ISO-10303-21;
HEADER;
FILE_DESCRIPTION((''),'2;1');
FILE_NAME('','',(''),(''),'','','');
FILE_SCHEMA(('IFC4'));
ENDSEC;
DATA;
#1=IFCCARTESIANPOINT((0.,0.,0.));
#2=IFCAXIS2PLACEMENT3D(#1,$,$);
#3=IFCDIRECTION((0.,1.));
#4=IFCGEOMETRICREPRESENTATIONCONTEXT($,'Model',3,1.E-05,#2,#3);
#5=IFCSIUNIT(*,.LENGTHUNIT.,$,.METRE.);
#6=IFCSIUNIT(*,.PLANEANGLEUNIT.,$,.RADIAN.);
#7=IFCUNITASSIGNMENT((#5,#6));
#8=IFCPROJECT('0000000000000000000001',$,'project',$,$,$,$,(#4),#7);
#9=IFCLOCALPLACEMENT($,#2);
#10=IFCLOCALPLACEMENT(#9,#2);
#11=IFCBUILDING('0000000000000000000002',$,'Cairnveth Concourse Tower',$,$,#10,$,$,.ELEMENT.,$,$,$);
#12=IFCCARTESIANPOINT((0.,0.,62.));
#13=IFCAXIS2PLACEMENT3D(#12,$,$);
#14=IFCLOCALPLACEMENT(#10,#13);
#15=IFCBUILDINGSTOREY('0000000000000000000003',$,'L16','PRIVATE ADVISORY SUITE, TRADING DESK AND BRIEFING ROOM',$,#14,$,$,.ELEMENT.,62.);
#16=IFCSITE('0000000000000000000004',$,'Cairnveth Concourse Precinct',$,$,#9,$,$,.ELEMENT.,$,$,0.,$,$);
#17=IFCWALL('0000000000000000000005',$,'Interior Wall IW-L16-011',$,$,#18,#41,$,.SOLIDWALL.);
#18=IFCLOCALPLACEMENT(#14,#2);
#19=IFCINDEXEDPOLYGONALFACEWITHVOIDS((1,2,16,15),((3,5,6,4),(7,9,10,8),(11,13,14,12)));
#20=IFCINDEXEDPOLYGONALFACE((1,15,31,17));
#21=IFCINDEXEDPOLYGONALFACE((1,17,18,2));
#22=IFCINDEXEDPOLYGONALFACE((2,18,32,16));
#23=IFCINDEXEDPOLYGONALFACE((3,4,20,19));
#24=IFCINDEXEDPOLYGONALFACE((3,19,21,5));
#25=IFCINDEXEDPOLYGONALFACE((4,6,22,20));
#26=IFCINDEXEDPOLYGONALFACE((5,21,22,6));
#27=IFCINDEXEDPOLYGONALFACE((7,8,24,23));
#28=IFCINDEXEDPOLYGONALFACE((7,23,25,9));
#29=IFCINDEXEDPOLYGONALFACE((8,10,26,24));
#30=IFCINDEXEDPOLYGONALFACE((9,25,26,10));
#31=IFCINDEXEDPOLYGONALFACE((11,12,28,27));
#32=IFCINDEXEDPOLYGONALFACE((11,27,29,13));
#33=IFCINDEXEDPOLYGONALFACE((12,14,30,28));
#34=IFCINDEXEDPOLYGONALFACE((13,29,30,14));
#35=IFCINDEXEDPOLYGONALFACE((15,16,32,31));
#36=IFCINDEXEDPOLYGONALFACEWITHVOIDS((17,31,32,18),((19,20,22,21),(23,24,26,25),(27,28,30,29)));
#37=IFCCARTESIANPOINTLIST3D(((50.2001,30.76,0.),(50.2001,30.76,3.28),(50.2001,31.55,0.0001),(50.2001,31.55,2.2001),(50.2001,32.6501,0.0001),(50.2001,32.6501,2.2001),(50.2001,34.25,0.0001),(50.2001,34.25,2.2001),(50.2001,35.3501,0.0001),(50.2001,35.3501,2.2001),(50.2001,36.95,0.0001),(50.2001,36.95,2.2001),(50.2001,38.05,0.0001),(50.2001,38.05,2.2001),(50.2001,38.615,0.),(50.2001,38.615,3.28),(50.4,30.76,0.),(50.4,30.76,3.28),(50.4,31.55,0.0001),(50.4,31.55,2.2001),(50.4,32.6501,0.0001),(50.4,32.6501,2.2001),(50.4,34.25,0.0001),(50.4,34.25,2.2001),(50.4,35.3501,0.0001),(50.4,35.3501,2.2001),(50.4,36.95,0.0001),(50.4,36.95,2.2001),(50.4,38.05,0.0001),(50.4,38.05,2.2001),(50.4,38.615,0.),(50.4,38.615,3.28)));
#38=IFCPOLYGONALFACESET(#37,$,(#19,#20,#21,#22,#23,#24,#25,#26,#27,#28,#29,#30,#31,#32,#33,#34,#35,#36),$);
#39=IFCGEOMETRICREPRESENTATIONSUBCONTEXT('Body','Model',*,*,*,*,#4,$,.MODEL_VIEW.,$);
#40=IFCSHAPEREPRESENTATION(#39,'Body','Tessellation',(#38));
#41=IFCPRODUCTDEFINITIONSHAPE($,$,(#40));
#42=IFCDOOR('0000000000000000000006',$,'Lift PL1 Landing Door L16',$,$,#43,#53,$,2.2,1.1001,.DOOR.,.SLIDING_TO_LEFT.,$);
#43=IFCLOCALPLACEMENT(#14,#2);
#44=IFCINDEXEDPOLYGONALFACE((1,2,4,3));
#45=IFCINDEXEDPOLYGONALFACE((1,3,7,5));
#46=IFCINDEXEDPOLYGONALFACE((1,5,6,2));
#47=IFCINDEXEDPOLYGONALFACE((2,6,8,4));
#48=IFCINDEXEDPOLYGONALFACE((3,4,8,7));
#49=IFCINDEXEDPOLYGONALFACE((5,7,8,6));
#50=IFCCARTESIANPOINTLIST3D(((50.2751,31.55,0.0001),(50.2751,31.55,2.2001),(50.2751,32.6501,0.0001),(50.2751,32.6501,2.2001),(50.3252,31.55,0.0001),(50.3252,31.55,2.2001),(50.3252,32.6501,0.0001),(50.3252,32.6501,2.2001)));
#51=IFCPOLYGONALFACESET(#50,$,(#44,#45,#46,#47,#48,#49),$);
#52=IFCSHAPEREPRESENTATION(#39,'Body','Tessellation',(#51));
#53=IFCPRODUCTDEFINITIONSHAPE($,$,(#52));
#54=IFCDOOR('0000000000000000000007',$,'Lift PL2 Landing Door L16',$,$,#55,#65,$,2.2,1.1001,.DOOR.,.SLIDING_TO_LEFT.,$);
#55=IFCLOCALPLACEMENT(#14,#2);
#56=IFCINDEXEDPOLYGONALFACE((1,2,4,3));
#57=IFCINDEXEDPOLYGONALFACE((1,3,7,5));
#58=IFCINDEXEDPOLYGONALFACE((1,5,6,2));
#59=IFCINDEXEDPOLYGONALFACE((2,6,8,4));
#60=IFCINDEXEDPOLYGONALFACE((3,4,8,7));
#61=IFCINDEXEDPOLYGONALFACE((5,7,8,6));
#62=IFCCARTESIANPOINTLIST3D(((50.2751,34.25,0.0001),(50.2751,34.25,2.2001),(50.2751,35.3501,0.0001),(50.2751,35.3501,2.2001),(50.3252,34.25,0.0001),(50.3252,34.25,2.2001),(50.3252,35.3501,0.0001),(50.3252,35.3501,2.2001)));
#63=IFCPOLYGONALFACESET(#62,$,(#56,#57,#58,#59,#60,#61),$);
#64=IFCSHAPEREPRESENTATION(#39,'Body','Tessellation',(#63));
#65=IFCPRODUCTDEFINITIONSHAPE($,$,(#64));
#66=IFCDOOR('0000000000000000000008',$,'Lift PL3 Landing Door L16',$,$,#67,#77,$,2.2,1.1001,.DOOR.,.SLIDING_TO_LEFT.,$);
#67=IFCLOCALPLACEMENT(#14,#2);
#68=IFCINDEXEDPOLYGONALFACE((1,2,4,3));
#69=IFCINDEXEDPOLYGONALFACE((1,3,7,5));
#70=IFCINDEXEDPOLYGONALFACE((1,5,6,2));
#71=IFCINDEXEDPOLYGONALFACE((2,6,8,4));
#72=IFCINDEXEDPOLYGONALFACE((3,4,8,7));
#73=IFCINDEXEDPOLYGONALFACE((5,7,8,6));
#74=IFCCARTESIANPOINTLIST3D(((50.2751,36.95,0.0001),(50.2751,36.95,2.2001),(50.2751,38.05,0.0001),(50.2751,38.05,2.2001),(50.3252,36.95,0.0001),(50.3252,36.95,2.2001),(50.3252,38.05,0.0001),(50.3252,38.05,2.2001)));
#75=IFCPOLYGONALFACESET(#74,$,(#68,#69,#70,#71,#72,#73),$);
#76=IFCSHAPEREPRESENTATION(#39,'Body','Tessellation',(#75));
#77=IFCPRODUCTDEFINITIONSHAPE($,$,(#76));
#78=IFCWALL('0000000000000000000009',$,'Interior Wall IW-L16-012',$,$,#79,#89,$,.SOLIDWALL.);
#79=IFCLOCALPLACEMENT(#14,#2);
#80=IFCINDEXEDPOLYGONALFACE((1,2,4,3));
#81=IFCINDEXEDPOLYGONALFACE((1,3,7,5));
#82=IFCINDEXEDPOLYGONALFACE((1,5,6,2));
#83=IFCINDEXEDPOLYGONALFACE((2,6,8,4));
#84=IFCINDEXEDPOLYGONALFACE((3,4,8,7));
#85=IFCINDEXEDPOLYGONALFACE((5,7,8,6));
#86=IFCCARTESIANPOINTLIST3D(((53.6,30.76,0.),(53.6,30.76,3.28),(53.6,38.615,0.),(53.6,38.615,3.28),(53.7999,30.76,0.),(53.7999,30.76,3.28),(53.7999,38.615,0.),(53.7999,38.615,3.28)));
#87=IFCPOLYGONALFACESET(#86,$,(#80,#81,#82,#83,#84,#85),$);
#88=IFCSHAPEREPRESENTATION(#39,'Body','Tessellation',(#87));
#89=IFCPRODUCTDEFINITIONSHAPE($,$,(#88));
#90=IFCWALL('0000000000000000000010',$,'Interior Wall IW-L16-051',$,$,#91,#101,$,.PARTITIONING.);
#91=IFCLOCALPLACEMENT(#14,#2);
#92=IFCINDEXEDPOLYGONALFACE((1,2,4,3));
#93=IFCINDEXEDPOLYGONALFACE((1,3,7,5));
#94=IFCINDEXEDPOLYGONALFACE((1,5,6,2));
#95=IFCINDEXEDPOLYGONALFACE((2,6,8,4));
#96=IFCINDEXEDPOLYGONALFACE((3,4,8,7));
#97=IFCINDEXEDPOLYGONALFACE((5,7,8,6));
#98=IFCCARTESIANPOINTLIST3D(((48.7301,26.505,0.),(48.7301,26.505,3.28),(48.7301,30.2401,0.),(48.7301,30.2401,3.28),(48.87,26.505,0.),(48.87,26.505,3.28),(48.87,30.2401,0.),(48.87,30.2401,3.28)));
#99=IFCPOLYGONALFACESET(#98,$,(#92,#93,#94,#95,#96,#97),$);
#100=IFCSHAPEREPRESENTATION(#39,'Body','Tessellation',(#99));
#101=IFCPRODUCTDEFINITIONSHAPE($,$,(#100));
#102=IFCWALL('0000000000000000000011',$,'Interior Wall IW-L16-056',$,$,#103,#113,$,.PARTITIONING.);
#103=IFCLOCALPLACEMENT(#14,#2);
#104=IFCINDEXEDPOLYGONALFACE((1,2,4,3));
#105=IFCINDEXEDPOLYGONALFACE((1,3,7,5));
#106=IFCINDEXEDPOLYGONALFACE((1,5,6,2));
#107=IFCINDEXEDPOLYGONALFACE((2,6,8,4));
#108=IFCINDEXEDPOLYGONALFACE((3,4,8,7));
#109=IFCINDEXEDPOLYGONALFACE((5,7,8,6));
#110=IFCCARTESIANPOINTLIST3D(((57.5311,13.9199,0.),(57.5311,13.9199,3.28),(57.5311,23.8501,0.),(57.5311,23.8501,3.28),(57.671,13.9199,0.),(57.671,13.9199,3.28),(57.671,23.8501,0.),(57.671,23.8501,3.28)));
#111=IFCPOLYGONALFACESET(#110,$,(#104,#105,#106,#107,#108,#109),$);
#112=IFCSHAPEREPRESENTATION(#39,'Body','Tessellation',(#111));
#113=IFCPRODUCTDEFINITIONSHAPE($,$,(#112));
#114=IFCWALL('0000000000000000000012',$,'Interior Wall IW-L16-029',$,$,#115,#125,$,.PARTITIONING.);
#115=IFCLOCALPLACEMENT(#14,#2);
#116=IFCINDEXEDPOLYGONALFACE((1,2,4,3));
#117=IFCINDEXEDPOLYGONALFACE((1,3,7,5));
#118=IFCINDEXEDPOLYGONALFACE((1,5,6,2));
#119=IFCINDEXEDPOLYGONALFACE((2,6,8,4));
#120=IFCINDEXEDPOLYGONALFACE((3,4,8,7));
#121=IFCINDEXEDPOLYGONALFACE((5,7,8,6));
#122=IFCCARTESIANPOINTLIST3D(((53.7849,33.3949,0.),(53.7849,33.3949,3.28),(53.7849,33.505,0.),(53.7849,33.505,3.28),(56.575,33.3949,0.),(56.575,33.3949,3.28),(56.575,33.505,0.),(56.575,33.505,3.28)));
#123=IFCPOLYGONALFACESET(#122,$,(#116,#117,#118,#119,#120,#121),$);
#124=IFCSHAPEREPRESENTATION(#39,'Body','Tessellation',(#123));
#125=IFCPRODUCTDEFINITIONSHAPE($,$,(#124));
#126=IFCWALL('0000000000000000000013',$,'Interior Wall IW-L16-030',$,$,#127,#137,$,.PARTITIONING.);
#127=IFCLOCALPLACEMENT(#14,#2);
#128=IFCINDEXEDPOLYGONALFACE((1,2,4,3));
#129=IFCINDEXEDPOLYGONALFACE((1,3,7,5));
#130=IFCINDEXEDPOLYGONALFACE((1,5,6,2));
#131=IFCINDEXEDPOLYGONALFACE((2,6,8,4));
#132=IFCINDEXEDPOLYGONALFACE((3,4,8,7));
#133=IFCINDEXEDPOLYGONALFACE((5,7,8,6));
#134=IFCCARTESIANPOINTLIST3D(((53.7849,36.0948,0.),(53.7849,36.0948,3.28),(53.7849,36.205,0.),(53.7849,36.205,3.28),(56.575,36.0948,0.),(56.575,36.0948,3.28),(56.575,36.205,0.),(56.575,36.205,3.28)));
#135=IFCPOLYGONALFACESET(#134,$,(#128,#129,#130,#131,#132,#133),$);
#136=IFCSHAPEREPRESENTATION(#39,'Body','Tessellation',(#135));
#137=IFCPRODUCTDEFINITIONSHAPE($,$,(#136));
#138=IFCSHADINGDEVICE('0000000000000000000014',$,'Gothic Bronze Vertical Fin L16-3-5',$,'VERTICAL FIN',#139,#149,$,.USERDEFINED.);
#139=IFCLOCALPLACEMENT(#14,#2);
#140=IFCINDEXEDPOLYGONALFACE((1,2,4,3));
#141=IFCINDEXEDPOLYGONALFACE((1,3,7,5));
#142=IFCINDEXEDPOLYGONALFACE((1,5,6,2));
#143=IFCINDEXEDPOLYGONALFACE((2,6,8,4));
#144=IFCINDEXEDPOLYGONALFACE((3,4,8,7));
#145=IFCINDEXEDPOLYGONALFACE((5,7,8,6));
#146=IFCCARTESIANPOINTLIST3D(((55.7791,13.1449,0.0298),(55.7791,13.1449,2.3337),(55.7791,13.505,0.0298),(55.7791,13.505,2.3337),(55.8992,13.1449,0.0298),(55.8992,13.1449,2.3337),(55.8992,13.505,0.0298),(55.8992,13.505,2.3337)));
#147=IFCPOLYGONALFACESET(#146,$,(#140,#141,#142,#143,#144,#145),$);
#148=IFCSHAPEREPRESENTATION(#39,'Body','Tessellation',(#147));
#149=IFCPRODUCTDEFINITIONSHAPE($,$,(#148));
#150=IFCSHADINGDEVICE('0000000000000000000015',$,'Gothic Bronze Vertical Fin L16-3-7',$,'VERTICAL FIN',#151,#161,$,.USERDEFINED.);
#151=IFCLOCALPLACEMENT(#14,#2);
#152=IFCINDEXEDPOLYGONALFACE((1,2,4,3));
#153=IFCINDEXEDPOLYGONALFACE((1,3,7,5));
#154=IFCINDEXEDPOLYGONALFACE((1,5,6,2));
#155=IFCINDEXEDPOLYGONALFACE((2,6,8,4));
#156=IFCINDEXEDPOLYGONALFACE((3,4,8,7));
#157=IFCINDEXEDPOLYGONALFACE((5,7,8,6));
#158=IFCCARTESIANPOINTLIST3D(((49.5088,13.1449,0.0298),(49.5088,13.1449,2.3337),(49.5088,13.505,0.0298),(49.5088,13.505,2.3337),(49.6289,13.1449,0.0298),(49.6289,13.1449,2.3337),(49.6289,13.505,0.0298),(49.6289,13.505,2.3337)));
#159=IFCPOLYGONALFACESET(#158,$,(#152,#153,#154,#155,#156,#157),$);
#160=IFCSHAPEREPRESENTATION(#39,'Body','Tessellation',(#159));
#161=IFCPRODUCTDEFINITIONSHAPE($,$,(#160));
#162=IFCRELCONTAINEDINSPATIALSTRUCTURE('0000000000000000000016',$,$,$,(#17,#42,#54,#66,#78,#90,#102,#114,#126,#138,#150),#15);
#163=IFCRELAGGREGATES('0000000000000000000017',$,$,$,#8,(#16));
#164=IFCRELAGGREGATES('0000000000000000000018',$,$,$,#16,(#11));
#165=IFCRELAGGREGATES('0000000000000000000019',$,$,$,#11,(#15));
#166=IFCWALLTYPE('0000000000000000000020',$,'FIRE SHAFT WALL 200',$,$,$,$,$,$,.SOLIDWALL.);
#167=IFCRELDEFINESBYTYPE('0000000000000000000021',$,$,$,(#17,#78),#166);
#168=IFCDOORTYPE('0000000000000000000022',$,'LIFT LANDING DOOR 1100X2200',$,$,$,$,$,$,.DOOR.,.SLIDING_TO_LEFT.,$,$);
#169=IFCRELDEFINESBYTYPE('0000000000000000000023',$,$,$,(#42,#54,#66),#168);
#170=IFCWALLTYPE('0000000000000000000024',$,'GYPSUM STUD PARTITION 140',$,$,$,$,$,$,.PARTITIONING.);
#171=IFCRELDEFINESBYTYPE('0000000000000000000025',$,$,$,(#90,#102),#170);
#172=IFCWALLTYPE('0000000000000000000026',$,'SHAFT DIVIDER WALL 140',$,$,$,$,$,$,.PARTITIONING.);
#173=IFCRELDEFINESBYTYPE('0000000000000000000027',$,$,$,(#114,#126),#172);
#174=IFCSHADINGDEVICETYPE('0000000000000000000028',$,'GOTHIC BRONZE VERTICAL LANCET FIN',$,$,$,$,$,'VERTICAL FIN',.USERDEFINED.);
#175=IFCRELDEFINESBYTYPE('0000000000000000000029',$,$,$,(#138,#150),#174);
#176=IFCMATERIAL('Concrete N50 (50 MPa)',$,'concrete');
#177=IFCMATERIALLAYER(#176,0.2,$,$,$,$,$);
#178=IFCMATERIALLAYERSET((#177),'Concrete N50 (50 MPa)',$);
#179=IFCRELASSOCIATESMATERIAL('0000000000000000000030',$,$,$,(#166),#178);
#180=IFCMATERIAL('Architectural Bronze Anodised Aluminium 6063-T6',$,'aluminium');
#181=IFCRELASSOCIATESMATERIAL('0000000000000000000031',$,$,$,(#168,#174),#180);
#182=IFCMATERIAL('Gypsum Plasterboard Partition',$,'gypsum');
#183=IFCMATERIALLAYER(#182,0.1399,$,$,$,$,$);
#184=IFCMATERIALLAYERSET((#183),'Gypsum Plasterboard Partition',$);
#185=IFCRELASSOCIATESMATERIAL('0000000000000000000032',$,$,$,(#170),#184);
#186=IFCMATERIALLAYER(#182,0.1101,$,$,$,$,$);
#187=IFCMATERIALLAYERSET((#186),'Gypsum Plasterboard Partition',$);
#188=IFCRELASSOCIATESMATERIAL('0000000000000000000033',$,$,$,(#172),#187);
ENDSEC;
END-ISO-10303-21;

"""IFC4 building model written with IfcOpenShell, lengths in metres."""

from ifc_helpers import new_model, si_unit, direction, frame, frame_2d, origin, origin_2d, place, context, subcontext, project, spatial, rectangle, extrude, material, layer, layer_set, type_object, element, fill, save


model = new_model("IFC4")

# Units and contexts
model_context = context("Model", 3, precision=1e-05, world=origin(), true_north=direction((0.0, 1.0)))
body_context = subcontext(model_context, "Body", "Model", "MODEL_VIEW")
ifc_project = project(units=[si_unit("LENGTHUNIT", "METRE"), si_unit("PLANEANGLEUNIT", "RADIAN")], contexts=[model_context])

# Site, building, storey
site_placement = place(None, origin())
site = spatial("IfcSite", under=ifc_project, at=site_placement, Name="Cairnveth Concourse Precinct", CompositionType="ELEMENT", RefElevation=0.0)
building_placement = place(site_placement, origin())
building = spatial("IfcBuilding", under=site, at=building_placement, Name="Cairnveth Concourse Tower", CompositionType="ELEMENT")
storey_placement = place(building_placement, frame((0.0, 0.0, 62.0)))
storey = spatial("IfcBuildingStorey", under=building, at=storey_placement, Name="L16", Description="PRIVATE ADVISORY SUITE, TRADING DESK AND BRIEFING ROOM", CompositionType="ELEMENT", Elevation=62.0)

# Shared definitions
ifc_material_1 = material(Name="Concrete N50 (50 MPa)", Category="concrete")

# Wall, openings, doors
ifc_layer_1 = layer(ifc_material_1, 0.2)
ifc_layer_set_1 = layer_set([ifc_layer_1], Name="Concrete N50 (50 MPa)")
wall_type_1 = type_object("IfcWallType", Name="FIRE SHAFT WALL 200", PredefinedType="SOLIDWALL", material=ifc_layer_set_1)
wall_1_placement = place(storey_placement, frame((50.3, 30.76, 0.0), z_axis=(0.0, 0.0, 1.0), x_axis=(0.0, 1.0, 0.0)))
wall_1 = element("IfcWall", 1, at=wall_1_placement, inside=storey, type_object=wall_type_1, Name="Interior Wall IW-L16-011", PredefinedType="SOLIDWALL", context=body_context, shape_type="SweptSolid", body=[
    extrude(rectangle(XDim=7.855, YDim=0.2, at=frame_2d((3.9275, 0.0))), origin(), (0.0, 0.0, 1.0), 3.28),
])
opening_1_placement = place(wall_1_placement, frame((0.79, 0.0, 0.0)))
opening_1 = element("IfcOpeningElement", 2, at=opening_1_placement, cuts=wall_1, PredefinedType="OPENING", context=body_context, shape_type="SweptSolid", body=[
    extrude(rectangle(XDim=1.1001, YDim=2.2, at=frame_2d((0.55, 1.1001))), frame((0.0, 0.1099, 0.0), z_axis=(0.0, -1.0, 0.0), x_axis=(1.0, 0.0, 0.0)), (0.0, 0.0, 1.0), 0.22),
])
opening_2_placement = place(wall_1_placement, frame((3.49, 0.0, 0.0)))
opening_2 = element("IfcOpeningElement", 3, at=opening_2_placement, cuts=wall_1, PredefinedType="OPENING", context=body_context, shape_type="SweptSolid", body=[
    extrude(rectangle(XDim=1.1001, YDim=2.2, at=frame_2d((0.55, 1.1001))), frame((0.0, 0.1099, 0.0), z_axis=(0.0, -1.0, 0.0), x_axis=(1.0, 0.0, 0.0)), (0.0, 0.0, 1.0), 0.22),
])
opening_3_placement = place(wall_1_placement, frame((6.1899, 0.0, 0.0)))
opening_3 = element("IfcOpeningElement", 4, at=opening_3_placement, cuts=wall_1, PredefinedType="OPENING", context=body_context, shape_type="SweptSolid", body=[
    extrude(rectangle(XDim=1.1001, YDim=2.2, at=frame_2d((0.55, 1.1001))), frame((0.0, 0.1099, 0.0), z_axis=(0.0, -1.0, 0.0), x_axis=(1.0, 0.0, 0.0)), (0.0, 0.0, 1.0), 0.22),
])
ifc_material_2 = material(Name="Architectural Bronze Anodised Aluminium 6063-T6", Category="aluminium")
door_type = type_object("IfcDoorType", Name="LIFT LANDING DOOR 1100X2200", OperationType="SLIDING_TO_LEFT", PredefinedType="DOOR", material=ifc_material_2)
door_1_placement = place(opening_1_placement, origin())
door_1 = element("IfcDoor", 5, at=door_1_placement, inside=storey, type_object=door_type, Name="Lift PL1 Landing Door L16", OperationType="SLIDING_TO_LEFT", OverallHeight=2.2, OverallWidth=1.1001, PredefinedType="DOOR", context=body_context, shape_type="SweptSolid", body=[
    extrude(rectangle(XDim=1.1001, YDim=2.2, at=frame_2d((0.55, 1.1001))), frame((0.0, 0.0249, 0.0), z_axis=(0.0, -1.0, 0.0), x_axis=(1.0, 0.0, 0.0)), (0.0, 0.0, 1.0), 0.05),
])
fill(opening_1, door_1)
door_2_placement = place(opening_2_placement, origin())
door_2 = element("IfcDoor", 6, at=door_2_placement, inside=storey, type_object=door_type, Name="Lift PL2 Landing Door L16", OperationType="SLIDING_TO_LEFT", OverallHeight=2.2, OverallWidth=1.1001, PredefinedType="DOOR", context=body_context, shape_type="SweptSolid", body=[
    extrude(rectangle(XDim=1.1001, YDim=2.2, at=frame_2d((0.55, 1.1001))), frame((0.0, 0.0249, 0.0), z_axis=(0.0, -1.0, 0.0), x_axis=(1.0, 0.0, 0.0)), (0.0, 0.0, 1.0), 0.05),
])
fill(opening_2, door_2)
door_3_placement = place(opening_3_placement, origin())
door_3 = element("IfcDoor", 7, at=door_3_placement, inside=storey, type_object=door_type, Name="Lift PL3 Landing Door L16", OperationType="SLIDING_TO_LEFT", OverallHeight=2.2, OverallWidth=1.1001, PredefinedType="DOOR", context=body_context, shape_type="SweptSolid", body=[
    extrude(rectangle(XDim=1.1001, YDim=2.2, at=frame_2d((0.55, 1.1001))), frame((0.0, 0.0249, 0.0), z_axis=(0.0, -1.0, 0.0), x_axis=(1.0, 0.0, 0.0)), (0.0, 0.0, 1.0), 0.05),
])
fill(opening_3, door_3)

# Walls
wall_2_placement = place(storey_placement, frame((53.7, 30.76, 0.0), z_axis=(0.0, 0.0, 1.0), x_axis=(0.0, 1.0, 0.0)))
element("IfcWall", 8, at=wall_2_placement, inside=storey, type_object=wall_type_1, Name="Interior Wall IW-L16-012", PredefinedType="SOLIDWALL", context=body_context, shape_type="SweptSolid", body=[
    extrude(rectangle(XDim=7.855, YDim=0.2, at=frame_2d((3.9275, 0.0))), origin(), (0.0, 0.0, 1.0), 3.28),
])
ifc_material_3 = material(Name="Gypsum Plasterboard Partition", Category="gypsum")
ifc_layer_2 = layer(ifc_material_3, 0.1399)
ifc_layer_set_2 = layer_set([ifc_layer_2], Name="Gypsum Plasterboard Partition")
wall_type_2 = type_object("IfcWallType", Name="GYPSUM STUD PARTITION 140", PredefinedType="PARTITIONING", material=ifc_layer_set_2)
wall_3_placement = place(storey_placement, frame((48.8, 26.5049, 0.0), z_axis=(0.0, 0.0, 1.0), x_axis=(0.0, 1.0, 0.0)))
element("IfcWall", 9, at=wall_3_placement, inside=storey, type_object=wall_type_2, Name="Interior Wall IW-L16-051", PredefinedType="PARTITIONING", context=body_context, shape_type="SweptSolid", body=[
    extrude(rectangle(XDim=3.7351, YDim=0.1399, at=frame_2d((1.8677, 0.0))), origin(), (0.0, 0.0, 1.0), 3.28),
])
wall_4_placement = place(storey_placement, frame((57.6011, 13.9199, 0.0), z_axis=(0.0, 0.0, 1.0), x_axis=(0.0, 1.0, 0.0)))
element("IfcWall", 10, at=wall_4_placement, inside=storey, type_object=wall_type_2, Name="Interior Wall IW-L16-056", PredefinedType="PARTITIONING", context=body_context, shape_type="SweptSolid", body=[
    extrude(rectangle(XDim=9.9302, YDim=0.1399, at=frame_2d((4.9651, 0.0))), origin(), (0.0, 0.0, 1.0), 3.28),
])
ifc_layer_3 = layer(ifc_material_3, 0.1101)
ifc_layer_set_3 = layer_set([ifc_layer_3], Name="Gypsum Plasterboard Partition")
wall_type_3 = type_object("IfcWallType", Name="SHAFT DIVIDER WALL 140", PredefinedType="PARTITIONING", material=ifc_layer_set_3)
for number, where, z_axis, x_axis, name in (
    (11, (53.7849, 33.45, 0.0), (0.0, 0.0, 1.0), (1.0, 0.0, 0.0), "Interior Wall IW-L16-029"),
    (12, (53.7849, 36.1499, 0.0), (0.0, 0.0, 1.0), (1.0, 0.0, 0.0), "Interior Wall IW-L16-030"),
):
    element("IfcWall", number, at=place(storey_placement, frame(where, z_axis=z_axis, x_axis=x_axis)), inside=storey, type_object=wall_type_3, Name=name, PredefinedType="PARTITIONING", context=body_context, shape_type="SweptSolid", body=[
        extrude(rectangle(XDim=2.79, YDim=0.1101, at=frame_2d((1.395, 0.0))), origin(), (0.0, 0.0, 1.0), 3.28),
    ])

# Shading devices
shading_device_type = type_object("IfcShadingDeviceType", Name="GOTHIC BRONZE VERTICAL LANCET FIN", ElementType="VERTICAL FIN", PredefinedType="USERDEFINED", material=ifc_material_2)
for number, where, z_axis, x_axis, name in (
    (13, (55.8391, 13.325, 0.0298), (0.0, 0.0, 1.0), (1.0, 0.0, 0.0), "Gothic Bronze Vertical Fin L16-3-5"),
    (14, (49.5688, 13.325, 0.0298), (0.0, 0.0, 1.0), (1.0, 0.0, 0.0), "Gothic Bronze Vertical Fin L16-3-7"),
):
    element("IfcShadingDevice", number, at=place(storey_placement, frame(where, z_axis=z_axis, x_axis=x_axis)), inside=storey, type_object=shading_device_type, Name=name, ObjectType="VERTICAL FIN", PredefinedType="USERDEFINED", context=body_context, shape_type="SweptSolid", body=[
        extrude(rectangle(XDim=0.1201, YDim=0.3601, at=origin_2d()), origin(), (0.0, 0.0, 1.0), 2.304),
    ])

save(model, "model.ifc")
